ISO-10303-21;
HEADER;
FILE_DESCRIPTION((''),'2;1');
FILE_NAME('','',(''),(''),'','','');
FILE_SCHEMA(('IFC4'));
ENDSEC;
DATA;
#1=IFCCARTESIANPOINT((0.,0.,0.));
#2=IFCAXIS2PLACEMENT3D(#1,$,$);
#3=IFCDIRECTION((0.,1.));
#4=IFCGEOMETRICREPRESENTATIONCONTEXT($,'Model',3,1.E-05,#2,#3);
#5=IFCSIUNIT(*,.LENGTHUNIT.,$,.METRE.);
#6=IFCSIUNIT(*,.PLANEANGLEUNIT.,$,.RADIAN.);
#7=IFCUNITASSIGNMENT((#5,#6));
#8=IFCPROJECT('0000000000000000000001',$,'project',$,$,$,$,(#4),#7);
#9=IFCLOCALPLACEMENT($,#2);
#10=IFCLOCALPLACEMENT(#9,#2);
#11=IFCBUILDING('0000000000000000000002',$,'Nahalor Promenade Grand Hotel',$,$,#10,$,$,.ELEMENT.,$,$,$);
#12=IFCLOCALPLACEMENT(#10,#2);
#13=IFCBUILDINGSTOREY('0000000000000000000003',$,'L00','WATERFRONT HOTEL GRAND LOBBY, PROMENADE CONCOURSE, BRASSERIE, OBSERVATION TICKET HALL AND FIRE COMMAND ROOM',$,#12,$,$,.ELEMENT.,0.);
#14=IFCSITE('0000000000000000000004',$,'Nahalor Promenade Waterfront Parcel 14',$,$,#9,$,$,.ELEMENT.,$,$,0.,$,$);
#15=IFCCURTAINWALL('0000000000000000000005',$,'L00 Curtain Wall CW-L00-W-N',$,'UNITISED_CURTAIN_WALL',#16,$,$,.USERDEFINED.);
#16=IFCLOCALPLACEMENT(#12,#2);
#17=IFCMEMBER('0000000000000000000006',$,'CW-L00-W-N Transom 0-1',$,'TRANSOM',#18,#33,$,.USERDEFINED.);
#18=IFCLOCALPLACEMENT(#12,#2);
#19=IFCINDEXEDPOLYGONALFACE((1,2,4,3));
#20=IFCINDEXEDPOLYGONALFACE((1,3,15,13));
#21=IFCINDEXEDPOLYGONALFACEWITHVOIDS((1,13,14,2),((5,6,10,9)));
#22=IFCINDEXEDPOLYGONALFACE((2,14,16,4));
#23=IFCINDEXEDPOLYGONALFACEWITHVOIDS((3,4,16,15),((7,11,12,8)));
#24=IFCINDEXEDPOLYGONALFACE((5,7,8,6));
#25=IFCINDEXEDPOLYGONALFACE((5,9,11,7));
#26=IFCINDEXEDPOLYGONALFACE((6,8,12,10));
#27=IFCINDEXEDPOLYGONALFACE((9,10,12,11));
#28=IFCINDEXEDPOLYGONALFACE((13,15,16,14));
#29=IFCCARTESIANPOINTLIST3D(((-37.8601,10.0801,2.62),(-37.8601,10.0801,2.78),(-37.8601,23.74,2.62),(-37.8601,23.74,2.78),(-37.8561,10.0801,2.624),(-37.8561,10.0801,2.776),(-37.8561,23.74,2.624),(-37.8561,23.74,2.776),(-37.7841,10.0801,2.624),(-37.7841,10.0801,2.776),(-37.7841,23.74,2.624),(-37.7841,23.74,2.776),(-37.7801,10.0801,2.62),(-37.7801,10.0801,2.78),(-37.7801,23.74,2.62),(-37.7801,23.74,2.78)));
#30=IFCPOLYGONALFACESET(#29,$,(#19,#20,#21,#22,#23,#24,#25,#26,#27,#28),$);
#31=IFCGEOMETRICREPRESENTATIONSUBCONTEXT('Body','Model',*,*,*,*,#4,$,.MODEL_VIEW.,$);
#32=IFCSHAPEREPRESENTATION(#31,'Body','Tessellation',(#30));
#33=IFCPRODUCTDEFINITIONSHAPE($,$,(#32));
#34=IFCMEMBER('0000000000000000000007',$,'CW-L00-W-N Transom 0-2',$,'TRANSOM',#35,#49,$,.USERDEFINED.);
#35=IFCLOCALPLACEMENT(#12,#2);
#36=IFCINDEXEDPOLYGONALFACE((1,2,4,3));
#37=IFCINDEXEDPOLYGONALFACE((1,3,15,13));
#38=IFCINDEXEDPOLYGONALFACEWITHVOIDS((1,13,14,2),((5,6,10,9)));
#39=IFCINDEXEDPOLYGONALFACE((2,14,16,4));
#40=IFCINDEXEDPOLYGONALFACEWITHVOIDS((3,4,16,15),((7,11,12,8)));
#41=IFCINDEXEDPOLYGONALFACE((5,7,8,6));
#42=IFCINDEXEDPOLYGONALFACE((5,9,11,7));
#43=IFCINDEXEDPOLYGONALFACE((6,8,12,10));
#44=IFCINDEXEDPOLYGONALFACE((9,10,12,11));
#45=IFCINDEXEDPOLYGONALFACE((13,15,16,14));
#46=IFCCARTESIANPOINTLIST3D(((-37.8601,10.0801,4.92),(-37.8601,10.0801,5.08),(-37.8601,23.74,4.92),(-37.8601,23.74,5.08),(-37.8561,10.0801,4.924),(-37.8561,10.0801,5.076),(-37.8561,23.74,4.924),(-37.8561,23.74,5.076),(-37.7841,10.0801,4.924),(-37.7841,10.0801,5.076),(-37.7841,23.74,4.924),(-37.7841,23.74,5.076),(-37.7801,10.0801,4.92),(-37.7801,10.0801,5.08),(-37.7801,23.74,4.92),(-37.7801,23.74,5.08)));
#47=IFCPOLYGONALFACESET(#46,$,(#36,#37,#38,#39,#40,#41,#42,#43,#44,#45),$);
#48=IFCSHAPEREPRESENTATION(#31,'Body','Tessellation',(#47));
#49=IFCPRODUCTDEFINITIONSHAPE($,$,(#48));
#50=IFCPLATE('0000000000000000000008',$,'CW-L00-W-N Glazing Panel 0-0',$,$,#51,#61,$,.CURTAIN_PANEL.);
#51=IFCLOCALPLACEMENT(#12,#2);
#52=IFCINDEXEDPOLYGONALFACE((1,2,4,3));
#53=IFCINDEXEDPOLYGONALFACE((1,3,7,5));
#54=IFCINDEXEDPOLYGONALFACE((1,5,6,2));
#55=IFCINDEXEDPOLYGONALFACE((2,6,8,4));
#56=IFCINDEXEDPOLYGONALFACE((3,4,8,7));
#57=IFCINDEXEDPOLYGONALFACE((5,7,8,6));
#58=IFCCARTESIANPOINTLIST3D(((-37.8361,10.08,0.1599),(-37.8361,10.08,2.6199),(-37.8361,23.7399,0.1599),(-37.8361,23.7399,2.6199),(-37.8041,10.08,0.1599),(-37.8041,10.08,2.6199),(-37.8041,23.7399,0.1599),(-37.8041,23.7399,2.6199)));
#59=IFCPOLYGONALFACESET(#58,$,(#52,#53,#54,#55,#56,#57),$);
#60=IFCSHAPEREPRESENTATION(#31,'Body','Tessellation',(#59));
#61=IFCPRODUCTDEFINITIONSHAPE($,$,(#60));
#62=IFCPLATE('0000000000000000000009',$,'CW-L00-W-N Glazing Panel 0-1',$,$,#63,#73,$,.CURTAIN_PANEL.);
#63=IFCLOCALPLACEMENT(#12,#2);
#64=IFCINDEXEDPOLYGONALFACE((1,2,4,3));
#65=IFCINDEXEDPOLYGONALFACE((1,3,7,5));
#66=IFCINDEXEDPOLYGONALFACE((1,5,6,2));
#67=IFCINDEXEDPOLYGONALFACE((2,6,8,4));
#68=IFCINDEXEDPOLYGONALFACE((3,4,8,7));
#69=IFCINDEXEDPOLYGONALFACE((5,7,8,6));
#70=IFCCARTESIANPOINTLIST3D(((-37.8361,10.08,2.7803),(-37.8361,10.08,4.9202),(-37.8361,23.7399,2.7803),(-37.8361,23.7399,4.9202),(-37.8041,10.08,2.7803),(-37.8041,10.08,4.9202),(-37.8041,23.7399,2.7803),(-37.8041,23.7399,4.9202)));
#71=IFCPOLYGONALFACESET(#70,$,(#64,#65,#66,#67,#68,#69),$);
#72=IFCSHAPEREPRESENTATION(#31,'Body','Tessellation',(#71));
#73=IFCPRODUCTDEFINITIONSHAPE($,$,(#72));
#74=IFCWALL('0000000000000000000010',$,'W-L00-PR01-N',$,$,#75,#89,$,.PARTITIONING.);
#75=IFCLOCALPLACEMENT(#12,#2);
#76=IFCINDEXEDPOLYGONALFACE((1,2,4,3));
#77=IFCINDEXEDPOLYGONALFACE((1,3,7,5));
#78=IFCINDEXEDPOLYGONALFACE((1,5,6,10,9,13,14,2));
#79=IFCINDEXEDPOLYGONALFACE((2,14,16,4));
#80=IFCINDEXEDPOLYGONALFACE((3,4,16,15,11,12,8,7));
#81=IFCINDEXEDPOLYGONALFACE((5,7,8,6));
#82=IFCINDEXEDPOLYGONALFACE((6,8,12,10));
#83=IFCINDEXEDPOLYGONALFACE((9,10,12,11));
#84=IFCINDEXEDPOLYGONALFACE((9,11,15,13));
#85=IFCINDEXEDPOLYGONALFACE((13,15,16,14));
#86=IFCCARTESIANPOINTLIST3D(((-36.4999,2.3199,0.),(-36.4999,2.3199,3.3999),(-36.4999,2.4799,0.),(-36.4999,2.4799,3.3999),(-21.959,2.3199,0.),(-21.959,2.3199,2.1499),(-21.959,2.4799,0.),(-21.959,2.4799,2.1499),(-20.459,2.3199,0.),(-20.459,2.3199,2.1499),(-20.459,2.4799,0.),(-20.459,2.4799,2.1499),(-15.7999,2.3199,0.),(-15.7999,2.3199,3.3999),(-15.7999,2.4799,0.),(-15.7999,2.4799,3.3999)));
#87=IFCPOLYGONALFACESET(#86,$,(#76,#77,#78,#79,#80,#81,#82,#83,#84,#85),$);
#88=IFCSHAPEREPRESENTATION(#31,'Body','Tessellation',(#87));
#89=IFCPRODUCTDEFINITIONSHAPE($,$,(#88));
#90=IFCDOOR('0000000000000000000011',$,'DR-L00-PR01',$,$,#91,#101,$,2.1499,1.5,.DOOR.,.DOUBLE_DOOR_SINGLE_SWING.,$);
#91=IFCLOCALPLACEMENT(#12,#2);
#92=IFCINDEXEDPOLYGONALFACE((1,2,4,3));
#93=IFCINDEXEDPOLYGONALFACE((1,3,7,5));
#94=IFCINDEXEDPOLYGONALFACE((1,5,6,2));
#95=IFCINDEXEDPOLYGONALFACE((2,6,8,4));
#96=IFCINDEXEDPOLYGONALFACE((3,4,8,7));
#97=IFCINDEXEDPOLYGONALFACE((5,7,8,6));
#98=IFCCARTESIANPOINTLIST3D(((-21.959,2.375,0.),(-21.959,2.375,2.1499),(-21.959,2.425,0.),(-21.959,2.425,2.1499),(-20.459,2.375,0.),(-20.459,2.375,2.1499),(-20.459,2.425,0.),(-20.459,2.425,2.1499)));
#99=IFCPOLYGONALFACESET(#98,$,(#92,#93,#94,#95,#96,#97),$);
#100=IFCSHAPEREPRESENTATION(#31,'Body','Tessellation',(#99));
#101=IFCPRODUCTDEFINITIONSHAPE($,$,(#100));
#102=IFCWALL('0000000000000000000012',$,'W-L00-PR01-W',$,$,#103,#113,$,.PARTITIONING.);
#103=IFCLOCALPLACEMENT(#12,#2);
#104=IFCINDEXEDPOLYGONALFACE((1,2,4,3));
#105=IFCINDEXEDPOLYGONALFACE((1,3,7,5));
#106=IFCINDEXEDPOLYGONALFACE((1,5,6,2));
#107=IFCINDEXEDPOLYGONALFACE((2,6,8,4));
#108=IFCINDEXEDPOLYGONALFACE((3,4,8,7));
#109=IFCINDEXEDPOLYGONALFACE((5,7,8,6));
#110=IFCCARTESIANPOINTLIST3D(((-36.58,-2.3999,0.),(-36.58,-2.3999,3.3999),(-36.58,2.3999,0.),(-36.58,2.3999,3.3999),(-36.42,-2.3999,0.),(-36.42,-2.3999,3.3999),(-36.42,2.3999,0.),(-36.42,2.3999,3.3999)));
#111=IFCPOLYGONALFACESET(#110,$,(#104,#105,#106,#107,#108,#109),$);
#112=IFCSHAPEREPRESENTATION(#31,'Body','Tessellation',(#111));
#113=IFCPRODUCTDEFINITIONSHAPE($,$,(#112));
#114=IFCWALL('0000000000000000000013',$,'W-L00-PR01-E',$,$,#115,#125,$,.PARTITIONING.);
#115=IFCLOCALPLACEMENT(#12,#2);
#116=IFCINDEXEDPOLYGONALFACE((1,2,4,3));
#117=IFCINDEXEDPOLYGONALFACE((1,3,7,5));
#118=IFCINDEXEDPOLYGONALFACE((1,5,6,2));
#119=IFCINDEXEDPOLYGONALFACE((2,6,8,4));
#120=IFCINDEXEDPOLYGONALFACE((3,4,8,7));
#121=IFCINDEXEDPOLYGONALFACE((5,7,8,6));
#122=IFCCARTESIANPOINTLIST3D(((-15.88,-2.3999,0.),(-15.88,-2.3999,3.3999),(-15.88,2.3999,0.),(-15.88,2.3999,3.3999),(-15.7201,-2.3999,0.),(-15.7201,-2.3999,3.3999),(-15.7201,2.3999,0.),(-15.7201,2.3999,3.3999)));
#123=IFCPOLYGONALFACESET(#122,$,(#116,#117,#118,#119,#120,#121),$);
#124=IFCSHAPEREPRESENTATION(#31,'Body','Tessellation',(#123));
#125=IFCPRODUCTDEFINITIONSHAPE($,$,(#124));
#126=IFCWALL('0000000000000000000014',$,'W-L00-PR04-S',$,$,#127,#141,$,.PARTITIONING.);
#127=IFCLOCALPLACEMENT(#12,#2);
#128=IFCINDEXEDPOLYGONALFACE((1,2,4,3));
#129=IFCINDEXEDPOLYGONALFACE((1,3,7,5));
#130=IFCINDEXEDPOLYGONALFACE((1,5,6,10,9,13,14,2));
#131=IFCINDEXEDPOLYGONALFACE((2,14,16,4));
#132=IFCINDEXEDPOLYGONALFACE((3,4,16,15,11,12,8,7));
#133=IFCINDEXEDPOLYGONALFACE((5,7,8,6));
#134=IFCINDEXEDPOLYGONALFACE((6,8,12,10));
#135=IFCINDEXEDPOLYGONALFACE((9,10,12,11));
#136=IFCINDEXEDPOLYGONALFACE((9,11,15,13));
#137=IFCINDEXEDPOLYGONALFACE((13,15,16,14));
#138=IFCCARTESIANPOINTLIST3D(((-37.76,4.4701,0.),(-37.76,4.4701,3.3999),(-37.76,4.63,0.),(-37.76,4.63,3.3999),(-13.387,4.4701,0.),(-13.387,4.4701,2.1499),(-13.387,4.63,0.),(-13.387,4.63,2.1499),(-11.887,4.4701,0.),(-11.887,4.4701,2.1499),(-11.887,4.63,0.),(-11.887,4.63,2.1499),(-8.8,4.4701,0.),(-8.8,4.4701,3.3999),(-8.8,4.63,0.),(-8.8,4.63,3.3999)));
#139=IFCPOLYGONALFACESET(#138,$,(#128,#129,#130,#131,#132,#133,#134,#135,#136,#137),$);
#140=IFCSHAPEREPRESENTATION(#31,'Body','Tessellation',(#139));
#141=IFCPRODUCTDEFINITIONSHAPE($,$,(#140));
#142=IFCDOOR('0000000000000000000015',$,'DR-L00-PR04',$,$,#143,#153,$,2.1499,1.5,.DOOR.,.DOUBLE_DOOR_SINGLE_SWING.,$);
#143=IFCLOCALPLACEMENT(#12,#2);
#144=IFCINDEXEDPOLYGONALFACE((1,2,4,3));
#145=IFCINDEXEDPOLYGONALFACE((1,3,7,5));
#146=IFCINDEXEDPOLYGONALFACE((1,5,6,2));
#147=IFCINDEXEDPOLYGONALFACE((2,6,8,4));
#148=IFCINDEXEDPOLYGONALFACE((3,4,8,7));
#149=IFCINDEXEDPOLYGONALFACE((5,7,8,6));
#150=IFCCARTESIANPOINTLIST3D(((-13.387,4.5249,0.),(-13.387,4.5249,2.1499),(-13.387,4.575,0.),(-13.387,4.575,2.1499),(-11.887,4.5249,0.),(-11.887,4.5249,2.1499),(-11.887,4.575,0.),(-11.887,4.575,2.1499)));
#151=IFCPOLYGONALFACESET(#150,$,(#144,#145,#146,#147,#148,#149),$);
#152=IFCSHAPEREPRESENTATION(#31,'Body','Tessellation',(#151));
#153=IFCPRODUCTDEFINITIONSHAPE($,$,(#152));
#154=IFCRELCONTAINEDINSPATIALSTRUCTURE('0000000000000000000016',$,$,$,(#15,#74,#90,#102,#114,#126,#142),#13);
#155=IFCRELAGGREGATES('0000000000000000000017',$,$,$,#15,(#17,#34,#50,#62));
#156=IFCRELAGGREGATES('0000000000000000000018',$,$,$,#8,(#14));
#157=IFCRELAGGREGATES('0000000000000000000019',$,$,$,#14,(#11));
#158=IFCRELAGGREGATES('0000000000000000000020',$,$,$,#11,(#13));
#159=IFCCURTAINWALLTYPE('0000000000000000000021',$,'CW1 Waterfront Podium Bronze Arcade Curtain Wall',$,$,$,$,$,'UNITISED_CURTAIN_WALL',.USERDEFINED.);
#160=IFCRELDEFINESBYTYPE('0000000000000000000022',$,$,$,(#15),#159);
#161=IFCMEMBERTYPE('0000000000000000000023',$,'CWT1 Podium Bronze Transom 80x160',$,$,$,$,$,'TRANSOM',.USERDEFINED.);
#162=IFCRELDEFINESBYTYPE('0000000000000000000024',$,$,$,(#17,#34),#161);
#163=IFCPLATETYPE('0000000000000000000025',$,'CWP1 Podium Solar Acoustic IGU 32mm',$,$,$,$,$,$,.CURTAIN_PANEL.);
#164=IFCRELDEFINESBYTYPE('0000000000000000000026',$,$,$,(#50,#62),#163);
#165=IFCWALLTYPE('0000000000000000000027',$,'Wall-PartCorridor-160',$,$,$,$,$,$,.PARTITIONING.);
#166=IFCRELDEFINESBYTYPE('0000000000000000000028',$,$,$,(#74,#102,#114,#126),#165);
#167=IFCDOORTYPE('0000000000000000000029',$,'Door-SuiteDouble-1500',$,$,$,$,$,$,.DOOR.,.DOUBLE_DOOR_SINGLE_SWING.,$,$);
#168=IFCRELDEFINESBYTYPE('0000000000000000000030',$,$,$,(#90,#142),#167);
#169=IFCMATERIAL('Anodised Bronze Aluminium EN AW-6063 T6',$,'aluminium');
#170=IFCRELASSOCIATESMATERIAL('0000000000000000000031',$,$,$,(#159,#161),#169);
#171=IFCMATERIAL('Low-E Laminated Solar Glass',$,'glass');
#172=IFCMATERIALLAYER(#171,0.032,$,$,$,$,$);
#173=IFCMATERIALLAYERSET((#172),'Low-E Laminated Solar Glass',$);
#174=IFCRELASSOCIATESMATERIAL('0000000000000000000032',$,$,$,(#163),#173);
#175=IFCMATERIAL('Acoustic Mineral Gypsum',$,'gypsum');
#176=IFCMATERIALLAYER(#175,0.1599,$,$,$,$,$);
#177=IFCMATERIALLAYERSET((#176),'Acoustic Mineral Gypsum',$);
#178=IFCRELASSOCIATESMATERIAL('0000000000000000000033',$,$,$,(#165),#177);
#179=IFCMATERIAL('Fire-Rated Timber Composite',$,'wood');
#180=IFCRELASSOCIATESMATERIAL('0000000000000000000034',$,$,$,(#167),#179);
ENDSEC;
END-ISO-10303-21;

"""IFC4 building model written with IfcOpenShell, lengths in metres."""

from ifc_helpers import new_model, si_unit, direction, frame, frame_2d, origin, origin_2d, place, context, subcontext, project, spatial, rectangle, hollow_rectangle, extrude, source, transform, mapped, material, layer, layer_set, material_profile, profile_set, type_object, element, fill, aggregate, save


model = new_model("IFC4")

# Units and contexts
model_context = context("Model", 3, precision=1e-05, world=origin(), true_north=direction((0.0, 1.0)))
body_context = subcontext(model_context, "Body", "Model", "MODEL_VIEW")
ifc_project = project(units=[si_unit("LENGTHUNIT", "METRE"), si_unit("PLANEANGLEUNIT", "RADIAN")], contexts=[model_context])

# Site, building, storey
site_placement = place(None, origin())
site = spatial("IfcSite", under=ifc_project, at=site_placement, Name="Nahalor Promenade Waterfront Parcel 14", CompositionType="ELEMENT", RefElevation=0.0)
building_placement = place(site_placement, origin())
building = spatial("IfcBuilding", under=site, at=building_placement, Name="Nahalor Promenade Grand Hotel", CompositionType="ELEMENT")
storey_placement = place(building_placement, origin())
storey = spatial("IfcBuildingStorey", under=building, at=storey_placement, Name="L00", Description="WATERFRONT HOTEL GRAND LOBBY, PROMENADE CONCOURSE, BRASSERIE, OBSERVATION TICKET HALL AND FIRE COMMAND ROOM", CompositionType="ELEMENT", Elevation=0.0)

# Curtain wall, members, plates
ifc_material_1 = material(Name="Anodised Bronze Aluminium EN AW-6063 T6", Category="aluminium")
curtain_wall_type = type_object("IfcCurtainWallType", Name="CW1 Waterfront Podium Bronze Arcade Curtain Wall", ElementType="UNITISED_CURTAIN_WALL", PredefinedType="USERDEFINED", material=ifc_material_1)
curtain_wall_placement = place(storey_placement, origin())
curtain_wall = element("IfcCurtainWall", 1, at=curtain_wall_placement, inside=storey, type_object=curtain_wall_type, Name="L00 Curtain Wall CW-L00-W-N", ObjectType="UNITISED_CURTAIN_WALL", PredefinedType="USERDEFINED")
ifc_material_profile_1 = material_profile(ifc_material_1, hollow_rectangle(XDim=0.08, YDim=0.16, WallThickness=0.004, at=origin_2d()), Name="CWT 80x160x4")
ifc_profile_set_1 = profile_set([ifc_material_profile_1], Name="Anodised Bronze Aluminium EN AW-6063 T6")
member_type_1 = type_object("IfcMemberType", Name="CWT1 Podium Bronze Transom 80x160", ElementType="TRANSOM", PredefinedType="USERDEFINED", material=ifc_profile_set_1)
shared_shape_1 = source(origin(), body_context, "Body", "SweptSolid", [
    extrude(hollow_rectangle(XDim=0.08, YDim=0.16, WallThickness=0.004, at=origin_2d()), origin(), (0.0, 0.0, 1.0), 13.6599),
])
member_1_placement = place(storey_placement, frame((-37.8201, 10.0801, 2.7), z_axis=(0.0, 1.0, 0.0), x_axis=(-1.0, 0.0, 0.0)))
member_1 = element("IfcMember", 2, at=member_1_placement, type_object=member_type_1, Name="CW-L00-W-N Transom 0-1", ObjectType="TRANSOM", PredefinedType="USERDEFINED", context=body_context, shape_type="MappedRepresentation", body=[
    mapped(shared_shape_1, transform((0.0, 0.0, 0.0), scale=1.0)),
])
member_2_placement = place(storey_placement, frame((-37.8201, 10.0801, 5.0), z_axis=(0.0, 1.0, 0.0), x_axis=(-1.0, 0.0, 0.0)))
member_2 = element("IfcMember", 3, at=member_2_placement, type_object=member_type_1, Name="CW-L00-W-N Transom 0-2", ObjectType="TRANSOM", PredefinedType="USERDEFINED", context=body_context, shape_type="MappedRepresentation", body=[
    mapped(shared_shape_1, transform((0.0, 0.0, 0.0), scale=1.0)),
])
ifc_material_2 = material(Name="Low-E Laminated Solar Glass", Category="glass")
ifc_layer_1 = layer(ifc_material_2, 0.032)
ifc_layer_set_1 = layer_set([ifc_layer_1], Name="Low-E Laminated Solar Glass")
plate_type = type_object("IfcPlateType", Name="CWP1 Podium Solar Acoustic IGU 32mm", PredefinedType="CURTAIN_PANEL", material=ifc_layer_set_1)
shared_shape_2 = source(origin(), body_context, "Body", "SweptSolid", [
    extrude(rectangle(XDim=13.6599, YDim=0.032, at=origin_2d()), origin(), (0.0, 0.0, 1.0), 2.46),
])
plate_1_placement = place(storey_placement, frame((-37.8201, 16.9099, 0.1599), z_axis=(0.0, 0.0, 1.0), x_axis=(0.0, 1.0, 0.0)))
plate_1 = element("IfcPlate", 4, at=plate_1_placement, type_object=plate_type, Name="CW-L00-W-N Glazing Panel 0-0", PredefinedType="CURTAIN_PANEL", context=body_context, shape_type="MappedRepresentation", body=[
    mapped(shared_shape_2, transform((0.0, 0.0, 0.0), scale=1.0)),
])
shared_shape_3 = source(origin(), body_context, "Body", "SweptSolid", [
    extrude(rectangle(XDim=13.6599, YDim=0.032, at=origin_2d()), origin(), (0.0, 0.0, 1.0), 2.1399),
])
plate_2_placement = place(storey_placement, frame((-37.8201, 16.9099, 2.7803), z_axis=(0.0, 0.0, 1.0), x_axis=(0.0, 1.0, 0.0)))
plate_2 = element("IfcPlate", 5, at=plate_2_placement, type_object=plate_type, Name="CW-L00-W-N Glazing Panel 0-1", PredefinedType="CURTAIN_PANEL", context=body_context, shape_type="MappedRepresentation", body=[
    mapped(shared_shape_3, transform((0.0, 0.0, 0.0), scale=1.0)),
])
aggregate(curtain_wall, [member_1, member_2, plate_1, plate_2])

# Wall, opening, door
ifc_material_3 = material(Name="Acoustic Mineral Gypsum", Category="gypsum")
ifc_layer_2 = layer(ifc_material_3, 0.1599)
ifc_layer_set_2 = layer_set([ifc_layer_2], Name="Acoustic Mineral Gypsum")
wall_type = type_object("IfcWallType", Name="Wall-PartCorridor-160", PredefinedType="PARTITIONING", material=ifc_layer_set_2)
shared_shape_4 = source(origin(), body_context, "Body", "SweptSolid", [
    extrude(rectangle(XDim=20.7, YDim=0.1599, at=frame_2d((10.3501, 0.0))), origin(), (0.0, 0.0, 1.0), 3.3999),
])
wall_1_placement = place(storey_placement, frame((-36.5, 2.3999, 0.0), z_axis=(0.0, 0.0, 1.0), x_axis=(1.0, 0.0, 0.0)))
wall_1 = element("IfcWall", 6, at=wall_1_placement, inside=storey, type_object=wall_type, Name="W-L00-PR01-N", PredefinedType="PARTITIONING", context=body_context, shape_type="MappedRepresentation", body=[
    mapped(shared_shape_4, transform((0.0, 0.0, 0.0), scale=1.0)),
])
opening_1_placement = place(wall_1_placement, frame((14.541, 0.0, 0.0)))
opening_1 = element("IfcOpeningElement", 7, at=opening_1_placement, cuts=wall_1, PredefinedType="OPENING", context=body_context, shape_type="SweptSolid", body=[
    extrude(rectangle(XDim=1.5, YDim=2.1499, at=frame_2d((0.75, 1.075))), frame((0.0, 0.0898, 0.0), z_axis=(0.0, -1.0, 0.0), x_axis=(1.0, 0.0, 0.0)), (0.0, 0.0, 1.0), 0.1799),
])
ifc_material_4 = material(Name="Fire-Rated Timber Composite", Category="wood")
door_type = type_object("IfcDoorType", Name="Door-SuiteDouble-1500", OperationType="DOUBLE_DOOR_SINGLE_SWING", PredefinedType="DOOR", material=ifc_material_4)
shared_shape_5 = source(origin(), body_context, "Body", "SweptSolid", [
    extrude(rectangle(XDim=1.5, YDim=2.1499, at=frame_2d((0.75, 1.075))), frame((0.0, 0.0249, 0.0), z_axis=(0.0, -1.0, 0.0), x_axis=(1.0, 0.0, 0.0)), (0.0, 0.0, 1.0), 0.05),
])
door_1_placement = place(opening_1_placement, frame((1.5, 0.0, 0.0), z_axis=(0.0, 0.0, 1.0), x_axis=(-1.0, 0.0, 0.0)))
door_1 = element("IfcDoor", 8, at=door_1_placement, inside=storey, type_object=door_type, Name="DR-L00-PR01", OperationType="DOUBLE_DOOR_SINGLE_SWING", OverallHeight=2.1499, OverallWidth=1.5, PredefinedType="DOOR", context=body_context, shape_type="MappedRepresentation", body=[
    mapped(shared_shape_5, transform((0.0, 0.0, 0.0), scale=1.0)),
])
fill(opening_1, door_1)

# Walls
shared_shape_6 = source(origin(), body_context, "Body", "SweptSolid", [
    extrude(rectangle(XDim=4.7998, YDim=0.1599, at=frame_2d((2.3999, 0.0))), origin(), (0.0, 0.0, 1.0), 3.3999),
])
for number, where, z_axis, x_axis, name in (
    (9, (-36.5, -2.3999, 0.0), (0.0, 0.0, 1.0), (0.0, 1.0, 0.0), "W-L00-PR01-W"),
    (10, (-15.8, -2.3999, 0.0), (0.0, 0.0, 1.0), (0.0, 1.0, 0.0), "W-L00-PR01-E"),
):
    element("IfcWall", number, at=place(storey_placement, frame(where, z_axis=z_axis, x_axis=x_axis)), inside=storey, type_object=wall_type, Name=name, PredefinedType="PARTITIONING", context=body_context, shape_type="MappedRepresentation", body=[
        mapped(shared_shape_6, transform((0.0, 0.0, 0.0), scale=1.0)),
    ])

# Wall, opening, door
shared_shape_7 = source(origin(), body_context, "Body", "SweptSolid", [
    extrude(rectangle(XDim=28.96, YDim=0.1599, at=frame_2d((14.48, 0.0))), origin(), (0.0, 0.0, 1.0), 3.3999),
])
wall_2_placement = place(storey_placement, frame((-37.76, 4.55, 0.0), z_axis=(0.0, 0.0, 1.0), x_axis=(1.0, 0.0, 0.0)))
wall_2 = element("IfcWall", 11, at=wall_2_placement, inside=storey, type_object=wall_type, Name="W-L00-PR04-S", PredefinedType="PARTITIONING", context=body_context, shape_type="MappedRepresentation", body=[
    mapped(shared_shape_7, transform((0.0, 0.0, 0.0), scale=1.0)),
])
opening_2_placement = place(wall_2_placement, frame((24.373, 0.0, 0.0)))
opening_2 = element("IfcOpeningElement", 12, at=opening_2_placement, cuts=wall_2, PredefinedType="OPENING", context=body_context, shape_type="SweptSolid", body=[
    extrude(rectangle(XDim=1.5, YDim=2.1499, at=frame_2d((0.75, 1.075))), frame((0.0, 0.0898, 0.0), z_axis=(0.0, -1.0, 0.0), x_axis=(1.0, 0.0, 0.0)), (0.0, 0.0, 1.0), 0.1799),
])
door_2_placement = place(opening_2_placement, origin())
door_2 = element("IfcDoor", 13, at=door_2_placement, inside=storey, type_object=door_type, Name="DR-L00-PR04", OperationType="DOUBLE_DOOR_SINGLE_SWING", OverallHeight=2.1499, OverallWidth=1.5, PredefinedType="DOOR", context=body_context, shape_type="MappedRepresentation", body=[
    mapped(shared_shape_5, transform((0.0, 0.0, 0.0), scale=1.0)),
])
fill(opening_2, door_2)

save(model, "model.ifc")
